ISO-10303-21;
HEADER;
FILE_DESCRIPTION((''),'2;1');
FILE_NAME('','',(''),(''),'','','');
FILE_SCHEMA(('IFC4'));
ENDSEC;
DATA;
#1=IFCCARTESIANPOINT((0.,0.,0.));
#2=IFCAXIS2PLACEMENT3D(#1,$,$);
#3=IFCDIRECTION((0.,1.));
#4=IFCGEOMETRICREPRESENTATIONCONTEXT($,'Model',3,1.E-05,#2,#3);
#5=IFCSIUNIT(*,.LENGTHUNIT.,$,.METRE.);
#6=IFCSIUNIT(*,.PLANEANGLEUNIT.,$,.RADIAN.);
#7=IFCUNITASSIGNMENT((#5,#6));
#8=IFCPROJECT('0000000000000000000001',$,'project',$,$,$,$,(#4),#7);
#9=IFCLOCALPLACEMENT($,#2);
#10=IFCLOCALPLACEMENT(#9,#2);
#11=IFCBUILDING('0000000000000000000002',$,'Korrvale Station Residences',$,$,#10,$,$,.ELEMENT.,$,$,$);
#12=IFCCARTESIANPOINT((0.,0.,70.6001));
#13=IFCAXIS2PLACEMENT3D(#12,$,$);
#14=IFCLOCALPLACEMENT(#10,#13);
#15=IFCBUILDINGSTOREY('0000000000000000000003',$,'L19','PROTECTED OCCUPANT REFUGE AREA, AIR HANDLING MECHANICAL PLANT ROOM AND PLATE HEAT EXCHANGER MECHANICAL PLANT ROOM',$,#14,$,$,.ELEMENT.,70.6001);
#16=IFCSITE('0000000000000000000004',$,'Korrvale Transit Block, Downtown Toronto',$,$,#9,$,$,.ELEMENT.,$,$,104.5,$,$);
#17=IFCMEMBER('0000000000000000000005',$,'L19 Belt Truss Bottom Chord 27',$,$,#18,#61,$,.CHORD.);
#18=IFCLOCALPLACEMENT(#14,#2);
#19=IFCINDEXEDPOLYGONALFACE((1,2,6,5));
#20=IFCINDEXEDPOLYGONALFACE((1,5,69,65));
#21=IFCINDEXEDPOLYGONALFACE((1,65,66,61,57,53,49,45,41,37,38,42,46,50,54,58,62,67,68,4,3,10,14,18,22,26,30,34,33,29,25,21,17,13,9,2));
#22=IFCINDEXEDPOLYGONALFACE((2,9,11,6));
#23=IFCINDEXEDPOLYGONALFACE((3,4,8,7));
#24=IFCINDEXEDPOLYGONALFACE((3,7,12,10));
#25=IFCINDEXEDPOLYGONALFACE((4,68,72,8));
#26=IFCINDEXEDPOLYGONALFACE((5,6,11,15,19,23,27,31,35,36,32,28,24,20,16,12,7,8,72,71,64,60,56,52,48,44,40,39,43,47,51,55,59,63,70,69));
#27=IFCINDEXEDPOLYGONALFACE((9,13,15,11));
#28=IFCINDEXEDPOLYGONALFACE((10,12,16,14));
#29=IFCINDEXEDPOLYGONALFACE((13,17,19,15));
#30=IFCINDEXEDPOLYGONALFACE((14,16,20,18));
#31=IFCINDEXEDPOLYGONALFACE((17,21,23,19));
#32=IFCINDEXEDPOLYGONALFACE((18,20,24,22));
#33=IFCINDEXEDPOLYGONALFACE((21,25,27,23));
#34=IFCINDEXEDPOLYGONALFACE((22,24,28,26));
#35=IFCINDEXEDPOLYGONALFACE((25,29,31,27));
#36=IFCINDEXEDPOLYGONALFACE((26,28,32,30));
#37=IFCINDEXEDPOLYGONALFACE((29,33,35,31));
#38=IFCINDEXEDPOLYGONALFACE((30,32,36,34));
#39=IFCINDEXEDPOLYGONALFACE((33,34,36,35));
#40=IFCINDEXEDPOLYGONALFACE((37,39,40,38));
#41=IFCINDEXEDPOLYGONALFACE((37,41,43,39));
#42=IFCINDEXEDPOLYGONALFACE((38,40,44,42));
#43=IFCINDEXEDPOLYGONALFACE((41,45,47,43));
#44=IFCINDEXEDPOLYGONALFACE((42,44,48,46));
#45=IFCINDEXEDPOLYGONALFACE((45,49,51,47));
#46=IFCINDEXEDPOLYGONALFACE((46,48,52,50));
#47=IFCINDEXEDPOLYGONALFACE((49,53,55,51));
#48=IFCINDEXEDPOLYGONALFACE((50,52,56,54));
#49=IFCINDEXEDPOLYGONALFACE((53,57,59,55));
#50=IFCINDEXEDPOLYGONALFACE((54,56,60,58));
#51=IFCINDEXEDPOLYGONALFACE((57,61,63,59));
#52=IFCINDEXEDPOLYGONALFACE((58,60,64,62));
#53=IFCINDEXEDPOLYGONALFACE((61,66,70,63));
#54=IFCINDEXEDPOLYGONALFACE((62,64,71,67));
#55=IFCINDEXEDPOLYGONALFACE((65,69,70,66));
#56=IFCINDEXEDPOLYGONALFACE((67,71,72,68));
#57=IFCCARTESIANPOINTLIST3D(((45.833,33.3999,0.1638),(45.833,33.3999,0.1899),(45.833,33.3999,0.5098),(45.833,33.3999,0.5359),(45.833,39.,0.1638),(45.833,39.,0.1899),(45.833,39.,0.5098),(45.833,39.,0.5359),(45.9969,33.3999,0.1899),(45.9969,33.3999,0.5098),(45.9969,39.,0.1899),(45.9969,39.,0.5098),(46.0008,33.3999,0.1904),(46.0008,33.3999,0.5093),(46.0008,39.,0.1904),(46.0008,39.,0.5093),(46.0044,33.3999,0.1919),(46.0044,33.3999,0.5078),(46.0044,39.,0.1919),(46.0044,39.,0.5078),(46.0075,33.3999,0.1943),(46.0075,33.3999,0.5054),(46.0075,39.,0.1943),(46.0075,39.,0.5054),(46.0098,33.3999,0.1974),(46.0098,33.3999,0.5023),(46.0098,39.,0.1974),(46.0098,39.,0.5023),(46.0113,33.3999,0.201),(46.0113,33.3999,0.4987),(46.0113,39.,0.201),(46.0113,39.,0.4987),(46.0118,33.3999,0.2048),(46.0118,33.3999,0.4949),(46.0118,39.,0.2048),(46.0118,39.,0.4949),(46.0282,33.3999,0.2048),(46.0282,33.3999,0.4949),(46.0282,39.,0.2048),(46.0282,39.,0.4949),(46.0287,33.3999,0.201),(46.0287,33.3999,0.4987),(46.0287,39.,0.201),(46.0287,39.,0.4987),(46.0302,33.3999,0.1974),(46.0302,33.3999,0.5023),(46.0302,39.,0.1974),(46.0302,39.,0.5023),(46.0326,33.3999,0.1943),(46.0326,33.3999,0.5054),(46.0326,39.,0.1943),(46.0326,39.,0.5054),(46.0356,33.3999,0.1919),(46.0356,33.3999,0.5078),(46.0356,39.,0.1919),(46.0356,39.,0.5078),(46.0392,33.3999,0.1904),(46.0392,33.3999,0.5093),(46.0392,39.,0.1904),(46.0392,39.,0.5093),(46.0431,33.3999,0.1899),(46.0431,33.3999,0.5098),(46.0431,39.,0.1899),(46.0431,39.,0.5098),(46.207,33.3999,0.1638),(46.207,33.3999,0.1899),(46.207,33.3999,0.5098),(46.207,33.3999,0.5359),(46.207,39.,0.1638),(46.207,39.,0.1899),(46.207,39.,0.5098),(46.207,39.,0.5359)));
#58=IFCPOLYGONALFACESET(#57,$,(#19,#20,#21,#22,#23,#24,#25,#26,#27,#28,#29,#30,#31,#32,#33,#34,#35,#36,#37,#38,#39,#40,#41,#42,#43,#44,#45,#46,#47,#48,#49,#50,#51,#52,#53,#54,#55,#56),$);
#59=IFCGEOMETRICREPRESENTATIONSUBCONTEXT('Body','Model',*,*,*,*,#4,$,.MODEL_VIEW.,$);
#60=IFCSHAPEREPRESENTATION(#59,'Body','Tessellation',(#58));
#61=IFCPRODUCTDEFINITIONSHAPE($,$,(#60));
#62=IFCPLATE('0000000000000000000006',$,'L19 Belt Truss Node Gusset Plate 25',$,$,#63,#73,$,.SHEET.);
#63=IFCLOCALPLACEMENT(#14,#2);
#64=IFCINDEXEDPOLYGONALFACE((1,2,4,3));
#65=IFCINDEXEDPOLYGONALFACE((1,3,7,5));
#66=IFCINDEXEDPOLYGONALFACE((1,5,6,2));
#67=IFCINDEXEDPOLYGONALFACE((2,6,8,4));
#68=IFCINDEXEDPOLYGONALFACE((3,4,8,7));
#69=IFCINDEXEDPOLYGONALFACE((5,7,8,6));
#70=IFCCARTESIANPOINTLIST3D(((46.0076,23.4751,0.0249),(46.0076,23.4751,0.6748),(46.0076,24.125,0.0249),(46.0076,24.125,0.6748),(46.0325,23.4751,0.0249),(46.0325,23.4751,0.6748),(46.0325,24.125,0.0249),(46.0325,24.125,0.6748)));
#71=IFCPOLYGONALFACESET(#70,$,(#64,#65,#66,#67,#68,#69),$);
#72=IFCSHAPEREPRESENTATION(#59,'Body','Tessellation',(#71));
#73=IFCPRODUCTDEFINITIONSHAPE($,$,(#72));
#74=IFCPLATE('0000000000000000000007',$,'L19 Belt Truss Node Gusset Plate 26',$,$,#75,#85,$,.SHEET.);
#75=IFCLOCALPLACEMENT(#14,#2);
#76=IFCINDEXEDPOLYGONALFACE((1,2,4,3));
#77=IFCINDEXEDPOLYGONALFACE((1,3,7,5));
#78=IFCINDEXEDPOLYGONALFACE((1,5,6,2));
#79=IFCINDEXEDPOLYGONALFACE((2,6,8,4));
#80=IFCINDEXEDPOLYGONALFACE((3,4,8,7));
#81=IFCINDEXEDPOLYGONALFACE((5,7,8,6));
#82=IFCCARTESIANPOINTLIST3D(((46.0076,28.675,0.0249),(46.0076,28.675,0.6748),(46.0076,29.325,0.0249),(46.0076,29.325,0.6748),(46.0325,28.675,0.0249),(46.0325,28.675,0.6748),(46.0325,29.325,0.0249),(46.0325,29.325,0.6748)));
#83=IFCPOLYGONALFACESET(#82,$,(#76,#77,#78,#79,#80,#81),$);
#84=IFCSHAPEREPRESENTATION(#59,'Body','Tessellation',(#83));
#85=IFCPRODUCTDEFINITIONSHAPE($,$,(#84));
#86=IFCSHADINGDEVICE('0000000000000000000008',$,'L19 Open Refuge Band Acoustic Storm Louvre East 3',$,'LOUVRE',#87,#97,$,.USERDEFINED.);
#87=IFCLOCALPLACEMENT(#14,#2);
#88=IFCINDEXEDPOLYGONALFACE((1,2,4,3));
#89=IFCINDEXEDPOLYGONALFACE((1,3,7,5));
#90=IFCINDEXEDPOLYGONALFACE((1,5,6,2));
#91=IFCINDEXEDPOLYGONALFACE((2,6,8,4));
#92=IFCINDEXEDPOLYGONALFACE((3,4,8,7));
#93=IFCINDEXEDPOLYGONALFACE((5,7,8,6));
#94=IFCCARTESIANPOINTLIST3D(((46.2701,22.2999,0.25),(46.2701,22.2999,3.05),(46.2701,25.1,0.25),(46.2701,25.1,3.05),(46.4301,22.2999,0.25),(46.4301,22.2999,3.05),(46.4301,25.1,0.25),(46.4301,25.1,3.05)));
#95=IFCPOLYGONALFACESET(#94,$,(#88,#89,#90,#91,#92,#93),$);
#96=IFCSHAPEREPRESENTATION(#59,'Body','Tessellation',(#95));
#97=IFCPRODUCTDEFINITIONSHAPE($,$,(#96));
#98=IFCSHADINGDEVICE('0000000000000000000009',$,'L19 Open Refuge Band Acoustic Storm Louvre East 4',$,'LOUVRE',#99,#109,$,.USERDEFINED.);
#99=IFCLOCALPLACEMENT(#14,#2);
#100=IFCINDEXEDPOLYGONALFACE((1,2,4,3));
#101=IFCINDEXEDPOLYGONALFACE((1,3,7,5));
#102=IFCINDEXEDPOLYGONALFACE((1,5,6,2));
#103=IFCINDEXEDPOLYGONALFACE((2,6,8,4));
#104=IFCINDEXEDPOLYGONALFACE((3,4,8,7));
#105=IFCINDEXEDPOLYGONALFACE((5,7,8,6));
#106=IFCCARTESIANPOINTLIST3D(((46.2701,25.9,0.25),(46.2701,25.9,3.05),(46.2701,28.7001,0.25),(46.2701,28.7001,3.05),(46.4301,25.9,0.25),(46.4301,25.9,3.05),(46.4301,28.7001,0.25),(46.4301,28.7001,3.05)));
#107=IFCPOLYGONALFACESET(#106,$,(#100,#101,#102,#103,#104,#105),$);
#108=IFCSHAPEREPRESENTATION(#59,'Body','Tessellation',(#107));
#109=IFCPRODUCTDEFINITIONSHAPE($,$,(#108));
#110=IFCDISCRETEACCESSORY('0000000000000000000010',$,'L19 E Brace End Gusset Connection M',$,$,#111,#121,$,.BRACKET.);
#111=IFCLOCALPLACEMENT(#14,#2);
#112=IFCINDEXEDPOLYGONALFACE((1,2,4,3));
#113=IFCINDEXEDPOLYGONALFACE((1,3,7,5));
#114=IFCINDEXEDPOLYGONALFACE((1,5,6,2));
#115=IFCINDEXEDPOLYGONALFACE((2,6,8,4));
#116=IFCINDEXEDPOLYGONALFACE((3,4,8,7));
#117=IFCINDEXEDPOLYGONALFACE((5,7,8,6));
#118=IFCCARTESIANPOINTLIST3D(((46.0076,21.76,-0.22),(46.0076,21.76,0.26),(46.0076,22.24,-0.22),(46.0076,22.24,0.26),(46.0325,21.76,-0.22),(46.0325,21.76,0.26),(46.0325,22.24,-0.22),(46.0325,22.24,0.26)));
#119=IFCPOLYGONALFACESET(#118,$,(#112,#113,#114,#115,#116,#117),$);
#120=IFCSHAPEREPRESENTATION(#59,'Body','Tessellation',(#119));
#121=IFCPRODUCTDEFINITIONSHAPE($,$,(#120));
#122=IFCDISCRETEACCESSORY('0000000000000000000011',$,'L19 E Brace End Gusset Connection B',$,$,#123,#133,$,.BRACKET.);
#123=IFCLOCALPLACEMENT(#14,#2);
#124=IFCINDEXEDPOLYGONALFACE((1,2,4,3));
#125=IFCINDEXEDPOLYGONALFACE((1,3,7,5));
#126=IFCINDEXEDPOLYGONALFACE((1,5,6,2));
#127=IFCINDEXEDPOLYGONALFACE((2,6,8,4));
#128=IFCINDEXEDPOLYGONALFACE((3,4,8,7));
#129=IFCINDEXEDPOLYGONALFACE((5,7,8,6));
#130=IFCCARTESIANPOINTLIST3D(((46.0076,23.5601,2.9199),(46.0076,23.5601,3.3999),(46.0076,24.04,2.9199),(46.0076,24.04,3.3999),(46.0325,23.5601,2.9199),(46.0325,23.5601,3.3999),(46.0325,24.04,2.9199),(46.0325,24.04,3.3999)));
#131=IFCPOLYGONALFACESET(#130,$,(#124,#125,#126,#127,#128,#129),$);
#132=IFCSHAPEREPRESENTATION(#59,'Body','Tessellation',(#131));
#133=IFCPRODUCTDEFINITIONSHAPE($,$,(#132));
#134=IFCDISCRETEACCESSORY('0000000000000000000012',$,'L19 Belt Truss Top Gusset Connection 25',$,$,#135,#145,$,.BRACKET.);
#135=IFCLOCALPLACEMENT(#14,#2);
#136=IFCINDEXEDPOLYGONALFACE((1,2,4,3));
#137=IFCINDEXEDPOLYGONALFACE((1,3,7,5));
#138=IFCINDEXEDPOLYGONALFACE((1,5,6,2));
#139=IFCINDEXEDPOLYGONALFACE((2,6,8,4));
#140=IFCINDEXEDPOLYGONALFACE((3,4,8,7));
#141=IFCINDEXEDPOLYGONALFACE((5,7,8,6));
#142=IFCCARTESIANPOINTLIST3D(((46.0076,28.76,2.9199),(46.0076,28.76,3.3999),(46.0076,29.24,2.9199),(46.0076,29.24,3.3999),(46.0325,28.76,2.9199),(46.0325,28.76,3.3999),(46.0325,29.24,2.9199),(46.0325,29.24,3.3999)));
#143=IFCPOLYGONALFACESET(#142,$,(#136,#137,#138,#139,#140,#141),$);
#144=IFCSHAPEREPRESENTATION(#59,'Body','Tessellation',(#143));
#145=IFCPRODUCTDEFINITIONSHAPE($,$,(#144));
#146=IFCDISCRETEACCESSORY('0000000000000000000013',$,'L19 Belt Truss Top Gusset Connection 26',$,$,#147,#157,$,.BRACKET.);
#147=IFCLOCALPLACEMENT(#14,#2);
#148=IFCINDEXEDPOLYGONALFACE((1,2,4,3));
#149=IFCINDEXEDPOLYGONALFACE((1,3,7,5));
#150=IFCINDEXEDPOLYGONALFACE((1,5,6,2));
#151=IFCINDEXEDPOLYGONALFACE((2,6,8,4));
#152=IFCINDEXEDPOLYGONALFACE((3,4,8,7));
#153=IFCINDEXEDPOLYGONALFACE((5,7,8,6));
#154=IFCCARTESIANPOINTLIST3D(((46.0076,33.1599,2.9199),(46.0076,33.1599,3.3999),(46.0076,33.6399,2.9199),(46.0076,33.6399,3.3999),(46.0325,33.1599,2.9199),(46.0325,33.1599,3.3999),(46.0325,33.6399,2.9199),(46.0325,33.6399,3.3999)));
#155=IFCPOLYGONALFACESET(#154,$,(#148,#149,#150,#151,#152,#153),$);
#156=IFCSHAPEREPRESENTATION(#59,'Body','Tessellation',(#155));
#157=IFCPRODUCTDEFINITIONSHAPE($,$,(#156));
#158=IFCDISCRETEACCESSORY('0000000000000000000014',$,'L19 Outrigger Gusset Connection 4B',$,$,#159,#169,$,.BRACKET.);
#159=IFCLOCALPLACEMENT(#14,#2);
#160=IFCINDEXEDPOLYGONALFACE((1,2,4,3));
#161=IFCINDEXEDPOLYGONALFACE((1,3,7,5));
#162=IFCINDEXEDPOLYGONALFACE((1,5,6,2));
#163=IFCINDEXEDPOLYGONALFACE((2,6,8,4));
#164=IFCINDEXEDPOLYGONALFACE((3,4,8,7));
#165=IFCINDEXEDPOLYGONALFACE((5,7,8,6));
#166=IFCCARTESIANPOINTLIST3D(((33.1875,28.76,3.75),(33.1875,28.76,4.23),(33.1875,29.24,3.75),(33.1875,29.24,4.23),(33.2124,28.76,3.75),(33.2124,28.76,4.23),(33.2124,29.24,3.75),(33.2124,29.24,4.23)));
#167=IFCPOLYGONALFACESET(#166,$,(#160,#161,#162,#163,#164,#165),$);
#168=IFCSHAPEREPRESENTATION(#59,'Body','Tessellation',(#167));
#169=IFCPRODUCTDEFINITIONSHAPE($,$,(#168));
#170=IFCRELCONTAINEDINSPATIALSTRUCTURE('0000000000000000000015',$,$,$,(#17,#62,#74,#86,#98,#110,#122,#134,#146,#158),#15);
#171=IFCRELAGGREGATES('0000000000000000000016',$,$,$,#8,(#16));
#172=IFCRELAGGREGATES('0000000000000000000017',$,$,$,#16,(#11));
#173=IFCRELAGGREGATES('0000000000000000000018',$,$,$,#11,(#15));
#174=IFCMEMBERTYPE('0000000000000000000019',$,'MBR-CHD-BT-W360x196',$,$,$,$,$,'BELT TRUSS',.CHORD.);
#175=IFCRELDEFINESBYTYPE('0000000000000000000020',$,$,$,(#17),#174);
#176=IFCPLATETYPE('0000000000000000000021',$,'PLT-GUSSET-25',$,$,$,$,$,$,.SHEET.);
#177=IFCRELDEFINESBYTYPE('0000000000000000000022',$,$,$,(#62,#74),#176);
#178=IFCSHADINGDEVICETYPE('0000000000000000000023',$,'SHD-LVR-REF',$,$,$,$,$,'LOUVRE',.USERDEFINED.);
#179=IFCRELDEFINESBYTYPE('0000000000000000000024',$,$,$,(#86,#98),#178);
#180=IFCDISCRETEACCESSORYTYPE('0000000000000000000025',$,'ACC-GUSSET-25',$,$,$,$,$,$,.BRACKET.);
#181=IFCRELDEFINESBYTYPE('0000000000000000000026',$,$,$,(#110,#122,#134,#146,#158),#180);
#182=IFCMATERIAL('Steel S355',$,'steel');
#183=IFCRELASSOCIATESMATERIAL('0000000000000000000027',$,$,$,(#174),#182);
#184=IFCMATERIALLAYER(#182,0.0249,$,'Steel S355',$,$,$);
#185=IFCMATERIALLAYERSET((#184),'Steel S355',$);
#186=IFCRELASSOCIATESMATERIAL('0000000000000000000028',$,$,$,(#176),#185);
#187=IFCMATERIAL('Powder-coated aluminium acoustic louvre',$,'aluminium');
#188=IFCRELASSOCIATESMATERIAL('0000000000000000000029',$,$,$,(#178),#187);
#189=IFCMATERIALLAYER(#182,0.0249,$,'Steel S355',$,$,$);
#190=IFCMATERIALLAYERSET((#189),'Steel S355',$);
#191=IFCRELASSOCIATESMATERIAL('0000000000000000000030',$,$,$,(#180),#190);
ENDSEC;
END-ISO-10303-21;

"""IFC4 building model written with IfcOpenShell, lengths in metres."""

from ifc_helpers import new_model, si_unit, direction, frame, origin, origin_2d, place, context, subcontext, project, spatial, rectangle, i_section, extrude, material, layer, layer_set, material_profile, profile_set, type_object, element, save


model = new_model("IFC4")

# Units and contexts
model_context = context("Model", 3, precision=1e-05, world=origin(), true_north=direction((0.0, 1.0)))
body_context = subcontext(model_context, "Body", "Model", "MODEL_VIEW")
ifc_project = project(units=[si_unit("LENGTHUNIT", "METRE"), si_unit("PLANEANGLEUNIT", "RADIAN")], contexts=[model_context])

# Site, building, storey
site_placement = place(None, origin())
site = spatial("IfcSite", under=ifc_project, at=site_placement, Name="Korrvale Transit Block, Downtown Toronto", CompositionType="ELEMENT", RefElevation=104.5)
building_placement = place(site_placement, origin())
building = spatial("IfcBuilding", under=site, at=building_placement, Name="Korrvale Station Residences", CompositionType="ELEMENT")
storey_placement = place(building_placement, frame((0.0, 0.0, 70.6001)))
storey = spatial("IfcBuildingStorey", under=building, at=storey_placement, Name="L19", Description="PROTECTED OCCUPANT REFUGE AREA, AIR HANDLING MECHANICAL PLANT ROOM AND PLATE HEAT EXCHANGER MECHANICAL PLANT ROOM", CompositionType="ELEMENT", Elevation=70.6001)

# Member
ifc_material_1 = material(Name="Steel S355", Category="steel")
ifc_material_profile_1 = material_profile(ifc_material_1, i_section(OverallWidth=0.374, OverallDepth=0.3721, WebThickness=0.0164, FlangeThickness=0.0261, FilletRadius=0.0149, at=origin_2d()), Name="W360x196")
ifc_profile_set_1 = profile_set([ifc_material_profile_1], Name="Steel S355")
member_type_1 = type_object("IfcMemberType", Name="MBR-CHD-BT-W360x196", ElementType="BELT TRUSS", PredefinedType="CHORD", material=ifc_profile_set_1)
member_1_placement = place(storey_placement, frame((46.02, 33.3999, 0.3499), z_axis=(0.0, 1.0, 0.0), x_axis=(-1.0, 0.0, 0.0)))
element("IfcMember", 1, at=member_1_placement, inside=storey, type_object=member_type_1, Name="L19 Belt Truss Bottom Chord 27", PredefinedType="CHORD", context=body_context, shape_type="SweptSolid", body=[
    extrude(i_section(OverallWidth=0.374, OverallDepth=0.3721, WebThickness=0.0164, FlangeThickness=0.0261, FilletRadius=0.0149, at=origin_2d()), origin(), (0.0, 0.0, 1.0), 5.6001),
])

# Plates
ifc_layer_1 = layer(ifc_material_1, 0.0249, Name="Steel S355")
ifc_layer_set_1 = layer_set([ifc_layer_1], Name="Steel S355")
plate_type = type_object("IfcPlateType", Name="PLT-GUSSET-25", PredefinedType="SHEET", material=ifc_layer_set_1)
for number, where, z_axis, x_axis, name in (
    (2, (46.02, 23.8, 0.0249), (0.0, 0.0, 1.0), (0.0, 1.0, 0.0), "L19 Belt Truss Node Gusset Plate 25"),
    (3, (46.02, 29.0, 0.0249), (0.0, 0.0, 1.0), (0.0, 1.0, 0.0), "L19 Belt Truss Node Gusset Plate 26"),
):
    element("IfcPlate", number, at=place(storey_placement, frame(where, z_axis=z_axis, x_axis=x_axis)), inside=storey, type_object=plate_type, Name=name, PredefinedType="SHEET", context=body_context, shape_type="SweptSolid", body=[
        extrude(rectangle(XDim=0.6499, YDim=0.0249, at=origin_2d()), origin(), (0.0, 0.0, 1.0), 0.6499),
    ])

# Shading devices
ifc_material_2 = material(Name="Powder-coated aluminium acoustic louvre", Category="aluminium")
shading_device_type = type_object("IfcShadingDeviceType", Name="SHD-LVR-REF", ElementType="LOUVRE", PredefinedType="USERDEFINED", material=ifc_material_2)
for number, where, z_axis, x_axis, name in (
    (4, (46.3501, 23.7, 0.25), (0.0, 0.0, 1.0), (1.0, 0.0, 0.0), "L19 Open Refuge Band Acoustic Storm Louvre East 3"),
    (5, (46.3501, 27.3, 0.25), (0.0, 0.0, 1.0), (1.0, 0.0, 0.0), "L19 Open Refuge Band Acoustic Storm Louvre East 4"),
):
    element("IfcShadingDevice", number, at=place(storey_placement, frame(where, z_axis=z_axis, x_axis=x_axis)), inside=storey, type_object=shading_device_type, Name=name, ObjectType="LOUVRE", PredefinedType="USERDEFINED", context=body_context, shape_type="SweptSolid", body=[
        extrude(rectangle(XDim=0.1599, YDim=2.8, at=origin_2d()), origin(), (0.0, 0.0, 1.0), 2.8),
    ])

# Discrete accessories
ifc_layer_2 = layer(ifc_material_1, 0.0249, Name="Steel S355")
ifc_layer_set_2 = layer_set([ifc_layer_2], Name="Steel S355")
discrete_accessory_type = type_object("IfcDiscreteAccessoryType", Name="ACC-GUSSET-25", PredefinedType="BRACKET", material=ifc_layer_set_2)
for number, where, z_axis, x_axis, name in (
    (6, (46.02, 22.0, -0.22), (0.0, 0.0, 1.0), (0.0, 1.0, 0.0), "L19 E Brace End Gusset Connection M"),
    (7, (46.02, 23.8, 2.9199), (0.0, 0.0, 1.0), (0.0, 1.0, 0.0), "L19 E Brace End Gusset Connection B"),
    (8, (46.02, 29.0, 2.9199), (0.0, 0.0, 1.0), (0.0, 1.0, 0.0), "L19 Belt Truss Top Gusset Connection 25"),
    (9, (46.02, 33.3999, 2.9199), (0.0, 0.0, 1.0), (0.0, 1.0, 0.0), "L19 Belt Truss Top Gusset Connection 26"),
    (10, (33.2, 29.0, 3.75), (0.0, 0.0, 1.0), (0.0, 1.0, 0.0), "L19 Outrigger Gusset Connection 4B"),
):
    element("IfcDiscreteAccessory", number, at=place(storey_placement, frame(where, z_axis=z_axis, x_axis=x_axis)), inside=storey, type_object=discrete_accessory_type, Name=name, PredefinedType="BRACKET", context=body_context, shape_type="SweptSolid", body=[
        extrude(rectangle(XDim=0.48, YDim=0.0249, at=origin_2d()), origin(), (0.0, 0.0, 1.0), 0.48),
    ])

save(model, "model.ifc")
